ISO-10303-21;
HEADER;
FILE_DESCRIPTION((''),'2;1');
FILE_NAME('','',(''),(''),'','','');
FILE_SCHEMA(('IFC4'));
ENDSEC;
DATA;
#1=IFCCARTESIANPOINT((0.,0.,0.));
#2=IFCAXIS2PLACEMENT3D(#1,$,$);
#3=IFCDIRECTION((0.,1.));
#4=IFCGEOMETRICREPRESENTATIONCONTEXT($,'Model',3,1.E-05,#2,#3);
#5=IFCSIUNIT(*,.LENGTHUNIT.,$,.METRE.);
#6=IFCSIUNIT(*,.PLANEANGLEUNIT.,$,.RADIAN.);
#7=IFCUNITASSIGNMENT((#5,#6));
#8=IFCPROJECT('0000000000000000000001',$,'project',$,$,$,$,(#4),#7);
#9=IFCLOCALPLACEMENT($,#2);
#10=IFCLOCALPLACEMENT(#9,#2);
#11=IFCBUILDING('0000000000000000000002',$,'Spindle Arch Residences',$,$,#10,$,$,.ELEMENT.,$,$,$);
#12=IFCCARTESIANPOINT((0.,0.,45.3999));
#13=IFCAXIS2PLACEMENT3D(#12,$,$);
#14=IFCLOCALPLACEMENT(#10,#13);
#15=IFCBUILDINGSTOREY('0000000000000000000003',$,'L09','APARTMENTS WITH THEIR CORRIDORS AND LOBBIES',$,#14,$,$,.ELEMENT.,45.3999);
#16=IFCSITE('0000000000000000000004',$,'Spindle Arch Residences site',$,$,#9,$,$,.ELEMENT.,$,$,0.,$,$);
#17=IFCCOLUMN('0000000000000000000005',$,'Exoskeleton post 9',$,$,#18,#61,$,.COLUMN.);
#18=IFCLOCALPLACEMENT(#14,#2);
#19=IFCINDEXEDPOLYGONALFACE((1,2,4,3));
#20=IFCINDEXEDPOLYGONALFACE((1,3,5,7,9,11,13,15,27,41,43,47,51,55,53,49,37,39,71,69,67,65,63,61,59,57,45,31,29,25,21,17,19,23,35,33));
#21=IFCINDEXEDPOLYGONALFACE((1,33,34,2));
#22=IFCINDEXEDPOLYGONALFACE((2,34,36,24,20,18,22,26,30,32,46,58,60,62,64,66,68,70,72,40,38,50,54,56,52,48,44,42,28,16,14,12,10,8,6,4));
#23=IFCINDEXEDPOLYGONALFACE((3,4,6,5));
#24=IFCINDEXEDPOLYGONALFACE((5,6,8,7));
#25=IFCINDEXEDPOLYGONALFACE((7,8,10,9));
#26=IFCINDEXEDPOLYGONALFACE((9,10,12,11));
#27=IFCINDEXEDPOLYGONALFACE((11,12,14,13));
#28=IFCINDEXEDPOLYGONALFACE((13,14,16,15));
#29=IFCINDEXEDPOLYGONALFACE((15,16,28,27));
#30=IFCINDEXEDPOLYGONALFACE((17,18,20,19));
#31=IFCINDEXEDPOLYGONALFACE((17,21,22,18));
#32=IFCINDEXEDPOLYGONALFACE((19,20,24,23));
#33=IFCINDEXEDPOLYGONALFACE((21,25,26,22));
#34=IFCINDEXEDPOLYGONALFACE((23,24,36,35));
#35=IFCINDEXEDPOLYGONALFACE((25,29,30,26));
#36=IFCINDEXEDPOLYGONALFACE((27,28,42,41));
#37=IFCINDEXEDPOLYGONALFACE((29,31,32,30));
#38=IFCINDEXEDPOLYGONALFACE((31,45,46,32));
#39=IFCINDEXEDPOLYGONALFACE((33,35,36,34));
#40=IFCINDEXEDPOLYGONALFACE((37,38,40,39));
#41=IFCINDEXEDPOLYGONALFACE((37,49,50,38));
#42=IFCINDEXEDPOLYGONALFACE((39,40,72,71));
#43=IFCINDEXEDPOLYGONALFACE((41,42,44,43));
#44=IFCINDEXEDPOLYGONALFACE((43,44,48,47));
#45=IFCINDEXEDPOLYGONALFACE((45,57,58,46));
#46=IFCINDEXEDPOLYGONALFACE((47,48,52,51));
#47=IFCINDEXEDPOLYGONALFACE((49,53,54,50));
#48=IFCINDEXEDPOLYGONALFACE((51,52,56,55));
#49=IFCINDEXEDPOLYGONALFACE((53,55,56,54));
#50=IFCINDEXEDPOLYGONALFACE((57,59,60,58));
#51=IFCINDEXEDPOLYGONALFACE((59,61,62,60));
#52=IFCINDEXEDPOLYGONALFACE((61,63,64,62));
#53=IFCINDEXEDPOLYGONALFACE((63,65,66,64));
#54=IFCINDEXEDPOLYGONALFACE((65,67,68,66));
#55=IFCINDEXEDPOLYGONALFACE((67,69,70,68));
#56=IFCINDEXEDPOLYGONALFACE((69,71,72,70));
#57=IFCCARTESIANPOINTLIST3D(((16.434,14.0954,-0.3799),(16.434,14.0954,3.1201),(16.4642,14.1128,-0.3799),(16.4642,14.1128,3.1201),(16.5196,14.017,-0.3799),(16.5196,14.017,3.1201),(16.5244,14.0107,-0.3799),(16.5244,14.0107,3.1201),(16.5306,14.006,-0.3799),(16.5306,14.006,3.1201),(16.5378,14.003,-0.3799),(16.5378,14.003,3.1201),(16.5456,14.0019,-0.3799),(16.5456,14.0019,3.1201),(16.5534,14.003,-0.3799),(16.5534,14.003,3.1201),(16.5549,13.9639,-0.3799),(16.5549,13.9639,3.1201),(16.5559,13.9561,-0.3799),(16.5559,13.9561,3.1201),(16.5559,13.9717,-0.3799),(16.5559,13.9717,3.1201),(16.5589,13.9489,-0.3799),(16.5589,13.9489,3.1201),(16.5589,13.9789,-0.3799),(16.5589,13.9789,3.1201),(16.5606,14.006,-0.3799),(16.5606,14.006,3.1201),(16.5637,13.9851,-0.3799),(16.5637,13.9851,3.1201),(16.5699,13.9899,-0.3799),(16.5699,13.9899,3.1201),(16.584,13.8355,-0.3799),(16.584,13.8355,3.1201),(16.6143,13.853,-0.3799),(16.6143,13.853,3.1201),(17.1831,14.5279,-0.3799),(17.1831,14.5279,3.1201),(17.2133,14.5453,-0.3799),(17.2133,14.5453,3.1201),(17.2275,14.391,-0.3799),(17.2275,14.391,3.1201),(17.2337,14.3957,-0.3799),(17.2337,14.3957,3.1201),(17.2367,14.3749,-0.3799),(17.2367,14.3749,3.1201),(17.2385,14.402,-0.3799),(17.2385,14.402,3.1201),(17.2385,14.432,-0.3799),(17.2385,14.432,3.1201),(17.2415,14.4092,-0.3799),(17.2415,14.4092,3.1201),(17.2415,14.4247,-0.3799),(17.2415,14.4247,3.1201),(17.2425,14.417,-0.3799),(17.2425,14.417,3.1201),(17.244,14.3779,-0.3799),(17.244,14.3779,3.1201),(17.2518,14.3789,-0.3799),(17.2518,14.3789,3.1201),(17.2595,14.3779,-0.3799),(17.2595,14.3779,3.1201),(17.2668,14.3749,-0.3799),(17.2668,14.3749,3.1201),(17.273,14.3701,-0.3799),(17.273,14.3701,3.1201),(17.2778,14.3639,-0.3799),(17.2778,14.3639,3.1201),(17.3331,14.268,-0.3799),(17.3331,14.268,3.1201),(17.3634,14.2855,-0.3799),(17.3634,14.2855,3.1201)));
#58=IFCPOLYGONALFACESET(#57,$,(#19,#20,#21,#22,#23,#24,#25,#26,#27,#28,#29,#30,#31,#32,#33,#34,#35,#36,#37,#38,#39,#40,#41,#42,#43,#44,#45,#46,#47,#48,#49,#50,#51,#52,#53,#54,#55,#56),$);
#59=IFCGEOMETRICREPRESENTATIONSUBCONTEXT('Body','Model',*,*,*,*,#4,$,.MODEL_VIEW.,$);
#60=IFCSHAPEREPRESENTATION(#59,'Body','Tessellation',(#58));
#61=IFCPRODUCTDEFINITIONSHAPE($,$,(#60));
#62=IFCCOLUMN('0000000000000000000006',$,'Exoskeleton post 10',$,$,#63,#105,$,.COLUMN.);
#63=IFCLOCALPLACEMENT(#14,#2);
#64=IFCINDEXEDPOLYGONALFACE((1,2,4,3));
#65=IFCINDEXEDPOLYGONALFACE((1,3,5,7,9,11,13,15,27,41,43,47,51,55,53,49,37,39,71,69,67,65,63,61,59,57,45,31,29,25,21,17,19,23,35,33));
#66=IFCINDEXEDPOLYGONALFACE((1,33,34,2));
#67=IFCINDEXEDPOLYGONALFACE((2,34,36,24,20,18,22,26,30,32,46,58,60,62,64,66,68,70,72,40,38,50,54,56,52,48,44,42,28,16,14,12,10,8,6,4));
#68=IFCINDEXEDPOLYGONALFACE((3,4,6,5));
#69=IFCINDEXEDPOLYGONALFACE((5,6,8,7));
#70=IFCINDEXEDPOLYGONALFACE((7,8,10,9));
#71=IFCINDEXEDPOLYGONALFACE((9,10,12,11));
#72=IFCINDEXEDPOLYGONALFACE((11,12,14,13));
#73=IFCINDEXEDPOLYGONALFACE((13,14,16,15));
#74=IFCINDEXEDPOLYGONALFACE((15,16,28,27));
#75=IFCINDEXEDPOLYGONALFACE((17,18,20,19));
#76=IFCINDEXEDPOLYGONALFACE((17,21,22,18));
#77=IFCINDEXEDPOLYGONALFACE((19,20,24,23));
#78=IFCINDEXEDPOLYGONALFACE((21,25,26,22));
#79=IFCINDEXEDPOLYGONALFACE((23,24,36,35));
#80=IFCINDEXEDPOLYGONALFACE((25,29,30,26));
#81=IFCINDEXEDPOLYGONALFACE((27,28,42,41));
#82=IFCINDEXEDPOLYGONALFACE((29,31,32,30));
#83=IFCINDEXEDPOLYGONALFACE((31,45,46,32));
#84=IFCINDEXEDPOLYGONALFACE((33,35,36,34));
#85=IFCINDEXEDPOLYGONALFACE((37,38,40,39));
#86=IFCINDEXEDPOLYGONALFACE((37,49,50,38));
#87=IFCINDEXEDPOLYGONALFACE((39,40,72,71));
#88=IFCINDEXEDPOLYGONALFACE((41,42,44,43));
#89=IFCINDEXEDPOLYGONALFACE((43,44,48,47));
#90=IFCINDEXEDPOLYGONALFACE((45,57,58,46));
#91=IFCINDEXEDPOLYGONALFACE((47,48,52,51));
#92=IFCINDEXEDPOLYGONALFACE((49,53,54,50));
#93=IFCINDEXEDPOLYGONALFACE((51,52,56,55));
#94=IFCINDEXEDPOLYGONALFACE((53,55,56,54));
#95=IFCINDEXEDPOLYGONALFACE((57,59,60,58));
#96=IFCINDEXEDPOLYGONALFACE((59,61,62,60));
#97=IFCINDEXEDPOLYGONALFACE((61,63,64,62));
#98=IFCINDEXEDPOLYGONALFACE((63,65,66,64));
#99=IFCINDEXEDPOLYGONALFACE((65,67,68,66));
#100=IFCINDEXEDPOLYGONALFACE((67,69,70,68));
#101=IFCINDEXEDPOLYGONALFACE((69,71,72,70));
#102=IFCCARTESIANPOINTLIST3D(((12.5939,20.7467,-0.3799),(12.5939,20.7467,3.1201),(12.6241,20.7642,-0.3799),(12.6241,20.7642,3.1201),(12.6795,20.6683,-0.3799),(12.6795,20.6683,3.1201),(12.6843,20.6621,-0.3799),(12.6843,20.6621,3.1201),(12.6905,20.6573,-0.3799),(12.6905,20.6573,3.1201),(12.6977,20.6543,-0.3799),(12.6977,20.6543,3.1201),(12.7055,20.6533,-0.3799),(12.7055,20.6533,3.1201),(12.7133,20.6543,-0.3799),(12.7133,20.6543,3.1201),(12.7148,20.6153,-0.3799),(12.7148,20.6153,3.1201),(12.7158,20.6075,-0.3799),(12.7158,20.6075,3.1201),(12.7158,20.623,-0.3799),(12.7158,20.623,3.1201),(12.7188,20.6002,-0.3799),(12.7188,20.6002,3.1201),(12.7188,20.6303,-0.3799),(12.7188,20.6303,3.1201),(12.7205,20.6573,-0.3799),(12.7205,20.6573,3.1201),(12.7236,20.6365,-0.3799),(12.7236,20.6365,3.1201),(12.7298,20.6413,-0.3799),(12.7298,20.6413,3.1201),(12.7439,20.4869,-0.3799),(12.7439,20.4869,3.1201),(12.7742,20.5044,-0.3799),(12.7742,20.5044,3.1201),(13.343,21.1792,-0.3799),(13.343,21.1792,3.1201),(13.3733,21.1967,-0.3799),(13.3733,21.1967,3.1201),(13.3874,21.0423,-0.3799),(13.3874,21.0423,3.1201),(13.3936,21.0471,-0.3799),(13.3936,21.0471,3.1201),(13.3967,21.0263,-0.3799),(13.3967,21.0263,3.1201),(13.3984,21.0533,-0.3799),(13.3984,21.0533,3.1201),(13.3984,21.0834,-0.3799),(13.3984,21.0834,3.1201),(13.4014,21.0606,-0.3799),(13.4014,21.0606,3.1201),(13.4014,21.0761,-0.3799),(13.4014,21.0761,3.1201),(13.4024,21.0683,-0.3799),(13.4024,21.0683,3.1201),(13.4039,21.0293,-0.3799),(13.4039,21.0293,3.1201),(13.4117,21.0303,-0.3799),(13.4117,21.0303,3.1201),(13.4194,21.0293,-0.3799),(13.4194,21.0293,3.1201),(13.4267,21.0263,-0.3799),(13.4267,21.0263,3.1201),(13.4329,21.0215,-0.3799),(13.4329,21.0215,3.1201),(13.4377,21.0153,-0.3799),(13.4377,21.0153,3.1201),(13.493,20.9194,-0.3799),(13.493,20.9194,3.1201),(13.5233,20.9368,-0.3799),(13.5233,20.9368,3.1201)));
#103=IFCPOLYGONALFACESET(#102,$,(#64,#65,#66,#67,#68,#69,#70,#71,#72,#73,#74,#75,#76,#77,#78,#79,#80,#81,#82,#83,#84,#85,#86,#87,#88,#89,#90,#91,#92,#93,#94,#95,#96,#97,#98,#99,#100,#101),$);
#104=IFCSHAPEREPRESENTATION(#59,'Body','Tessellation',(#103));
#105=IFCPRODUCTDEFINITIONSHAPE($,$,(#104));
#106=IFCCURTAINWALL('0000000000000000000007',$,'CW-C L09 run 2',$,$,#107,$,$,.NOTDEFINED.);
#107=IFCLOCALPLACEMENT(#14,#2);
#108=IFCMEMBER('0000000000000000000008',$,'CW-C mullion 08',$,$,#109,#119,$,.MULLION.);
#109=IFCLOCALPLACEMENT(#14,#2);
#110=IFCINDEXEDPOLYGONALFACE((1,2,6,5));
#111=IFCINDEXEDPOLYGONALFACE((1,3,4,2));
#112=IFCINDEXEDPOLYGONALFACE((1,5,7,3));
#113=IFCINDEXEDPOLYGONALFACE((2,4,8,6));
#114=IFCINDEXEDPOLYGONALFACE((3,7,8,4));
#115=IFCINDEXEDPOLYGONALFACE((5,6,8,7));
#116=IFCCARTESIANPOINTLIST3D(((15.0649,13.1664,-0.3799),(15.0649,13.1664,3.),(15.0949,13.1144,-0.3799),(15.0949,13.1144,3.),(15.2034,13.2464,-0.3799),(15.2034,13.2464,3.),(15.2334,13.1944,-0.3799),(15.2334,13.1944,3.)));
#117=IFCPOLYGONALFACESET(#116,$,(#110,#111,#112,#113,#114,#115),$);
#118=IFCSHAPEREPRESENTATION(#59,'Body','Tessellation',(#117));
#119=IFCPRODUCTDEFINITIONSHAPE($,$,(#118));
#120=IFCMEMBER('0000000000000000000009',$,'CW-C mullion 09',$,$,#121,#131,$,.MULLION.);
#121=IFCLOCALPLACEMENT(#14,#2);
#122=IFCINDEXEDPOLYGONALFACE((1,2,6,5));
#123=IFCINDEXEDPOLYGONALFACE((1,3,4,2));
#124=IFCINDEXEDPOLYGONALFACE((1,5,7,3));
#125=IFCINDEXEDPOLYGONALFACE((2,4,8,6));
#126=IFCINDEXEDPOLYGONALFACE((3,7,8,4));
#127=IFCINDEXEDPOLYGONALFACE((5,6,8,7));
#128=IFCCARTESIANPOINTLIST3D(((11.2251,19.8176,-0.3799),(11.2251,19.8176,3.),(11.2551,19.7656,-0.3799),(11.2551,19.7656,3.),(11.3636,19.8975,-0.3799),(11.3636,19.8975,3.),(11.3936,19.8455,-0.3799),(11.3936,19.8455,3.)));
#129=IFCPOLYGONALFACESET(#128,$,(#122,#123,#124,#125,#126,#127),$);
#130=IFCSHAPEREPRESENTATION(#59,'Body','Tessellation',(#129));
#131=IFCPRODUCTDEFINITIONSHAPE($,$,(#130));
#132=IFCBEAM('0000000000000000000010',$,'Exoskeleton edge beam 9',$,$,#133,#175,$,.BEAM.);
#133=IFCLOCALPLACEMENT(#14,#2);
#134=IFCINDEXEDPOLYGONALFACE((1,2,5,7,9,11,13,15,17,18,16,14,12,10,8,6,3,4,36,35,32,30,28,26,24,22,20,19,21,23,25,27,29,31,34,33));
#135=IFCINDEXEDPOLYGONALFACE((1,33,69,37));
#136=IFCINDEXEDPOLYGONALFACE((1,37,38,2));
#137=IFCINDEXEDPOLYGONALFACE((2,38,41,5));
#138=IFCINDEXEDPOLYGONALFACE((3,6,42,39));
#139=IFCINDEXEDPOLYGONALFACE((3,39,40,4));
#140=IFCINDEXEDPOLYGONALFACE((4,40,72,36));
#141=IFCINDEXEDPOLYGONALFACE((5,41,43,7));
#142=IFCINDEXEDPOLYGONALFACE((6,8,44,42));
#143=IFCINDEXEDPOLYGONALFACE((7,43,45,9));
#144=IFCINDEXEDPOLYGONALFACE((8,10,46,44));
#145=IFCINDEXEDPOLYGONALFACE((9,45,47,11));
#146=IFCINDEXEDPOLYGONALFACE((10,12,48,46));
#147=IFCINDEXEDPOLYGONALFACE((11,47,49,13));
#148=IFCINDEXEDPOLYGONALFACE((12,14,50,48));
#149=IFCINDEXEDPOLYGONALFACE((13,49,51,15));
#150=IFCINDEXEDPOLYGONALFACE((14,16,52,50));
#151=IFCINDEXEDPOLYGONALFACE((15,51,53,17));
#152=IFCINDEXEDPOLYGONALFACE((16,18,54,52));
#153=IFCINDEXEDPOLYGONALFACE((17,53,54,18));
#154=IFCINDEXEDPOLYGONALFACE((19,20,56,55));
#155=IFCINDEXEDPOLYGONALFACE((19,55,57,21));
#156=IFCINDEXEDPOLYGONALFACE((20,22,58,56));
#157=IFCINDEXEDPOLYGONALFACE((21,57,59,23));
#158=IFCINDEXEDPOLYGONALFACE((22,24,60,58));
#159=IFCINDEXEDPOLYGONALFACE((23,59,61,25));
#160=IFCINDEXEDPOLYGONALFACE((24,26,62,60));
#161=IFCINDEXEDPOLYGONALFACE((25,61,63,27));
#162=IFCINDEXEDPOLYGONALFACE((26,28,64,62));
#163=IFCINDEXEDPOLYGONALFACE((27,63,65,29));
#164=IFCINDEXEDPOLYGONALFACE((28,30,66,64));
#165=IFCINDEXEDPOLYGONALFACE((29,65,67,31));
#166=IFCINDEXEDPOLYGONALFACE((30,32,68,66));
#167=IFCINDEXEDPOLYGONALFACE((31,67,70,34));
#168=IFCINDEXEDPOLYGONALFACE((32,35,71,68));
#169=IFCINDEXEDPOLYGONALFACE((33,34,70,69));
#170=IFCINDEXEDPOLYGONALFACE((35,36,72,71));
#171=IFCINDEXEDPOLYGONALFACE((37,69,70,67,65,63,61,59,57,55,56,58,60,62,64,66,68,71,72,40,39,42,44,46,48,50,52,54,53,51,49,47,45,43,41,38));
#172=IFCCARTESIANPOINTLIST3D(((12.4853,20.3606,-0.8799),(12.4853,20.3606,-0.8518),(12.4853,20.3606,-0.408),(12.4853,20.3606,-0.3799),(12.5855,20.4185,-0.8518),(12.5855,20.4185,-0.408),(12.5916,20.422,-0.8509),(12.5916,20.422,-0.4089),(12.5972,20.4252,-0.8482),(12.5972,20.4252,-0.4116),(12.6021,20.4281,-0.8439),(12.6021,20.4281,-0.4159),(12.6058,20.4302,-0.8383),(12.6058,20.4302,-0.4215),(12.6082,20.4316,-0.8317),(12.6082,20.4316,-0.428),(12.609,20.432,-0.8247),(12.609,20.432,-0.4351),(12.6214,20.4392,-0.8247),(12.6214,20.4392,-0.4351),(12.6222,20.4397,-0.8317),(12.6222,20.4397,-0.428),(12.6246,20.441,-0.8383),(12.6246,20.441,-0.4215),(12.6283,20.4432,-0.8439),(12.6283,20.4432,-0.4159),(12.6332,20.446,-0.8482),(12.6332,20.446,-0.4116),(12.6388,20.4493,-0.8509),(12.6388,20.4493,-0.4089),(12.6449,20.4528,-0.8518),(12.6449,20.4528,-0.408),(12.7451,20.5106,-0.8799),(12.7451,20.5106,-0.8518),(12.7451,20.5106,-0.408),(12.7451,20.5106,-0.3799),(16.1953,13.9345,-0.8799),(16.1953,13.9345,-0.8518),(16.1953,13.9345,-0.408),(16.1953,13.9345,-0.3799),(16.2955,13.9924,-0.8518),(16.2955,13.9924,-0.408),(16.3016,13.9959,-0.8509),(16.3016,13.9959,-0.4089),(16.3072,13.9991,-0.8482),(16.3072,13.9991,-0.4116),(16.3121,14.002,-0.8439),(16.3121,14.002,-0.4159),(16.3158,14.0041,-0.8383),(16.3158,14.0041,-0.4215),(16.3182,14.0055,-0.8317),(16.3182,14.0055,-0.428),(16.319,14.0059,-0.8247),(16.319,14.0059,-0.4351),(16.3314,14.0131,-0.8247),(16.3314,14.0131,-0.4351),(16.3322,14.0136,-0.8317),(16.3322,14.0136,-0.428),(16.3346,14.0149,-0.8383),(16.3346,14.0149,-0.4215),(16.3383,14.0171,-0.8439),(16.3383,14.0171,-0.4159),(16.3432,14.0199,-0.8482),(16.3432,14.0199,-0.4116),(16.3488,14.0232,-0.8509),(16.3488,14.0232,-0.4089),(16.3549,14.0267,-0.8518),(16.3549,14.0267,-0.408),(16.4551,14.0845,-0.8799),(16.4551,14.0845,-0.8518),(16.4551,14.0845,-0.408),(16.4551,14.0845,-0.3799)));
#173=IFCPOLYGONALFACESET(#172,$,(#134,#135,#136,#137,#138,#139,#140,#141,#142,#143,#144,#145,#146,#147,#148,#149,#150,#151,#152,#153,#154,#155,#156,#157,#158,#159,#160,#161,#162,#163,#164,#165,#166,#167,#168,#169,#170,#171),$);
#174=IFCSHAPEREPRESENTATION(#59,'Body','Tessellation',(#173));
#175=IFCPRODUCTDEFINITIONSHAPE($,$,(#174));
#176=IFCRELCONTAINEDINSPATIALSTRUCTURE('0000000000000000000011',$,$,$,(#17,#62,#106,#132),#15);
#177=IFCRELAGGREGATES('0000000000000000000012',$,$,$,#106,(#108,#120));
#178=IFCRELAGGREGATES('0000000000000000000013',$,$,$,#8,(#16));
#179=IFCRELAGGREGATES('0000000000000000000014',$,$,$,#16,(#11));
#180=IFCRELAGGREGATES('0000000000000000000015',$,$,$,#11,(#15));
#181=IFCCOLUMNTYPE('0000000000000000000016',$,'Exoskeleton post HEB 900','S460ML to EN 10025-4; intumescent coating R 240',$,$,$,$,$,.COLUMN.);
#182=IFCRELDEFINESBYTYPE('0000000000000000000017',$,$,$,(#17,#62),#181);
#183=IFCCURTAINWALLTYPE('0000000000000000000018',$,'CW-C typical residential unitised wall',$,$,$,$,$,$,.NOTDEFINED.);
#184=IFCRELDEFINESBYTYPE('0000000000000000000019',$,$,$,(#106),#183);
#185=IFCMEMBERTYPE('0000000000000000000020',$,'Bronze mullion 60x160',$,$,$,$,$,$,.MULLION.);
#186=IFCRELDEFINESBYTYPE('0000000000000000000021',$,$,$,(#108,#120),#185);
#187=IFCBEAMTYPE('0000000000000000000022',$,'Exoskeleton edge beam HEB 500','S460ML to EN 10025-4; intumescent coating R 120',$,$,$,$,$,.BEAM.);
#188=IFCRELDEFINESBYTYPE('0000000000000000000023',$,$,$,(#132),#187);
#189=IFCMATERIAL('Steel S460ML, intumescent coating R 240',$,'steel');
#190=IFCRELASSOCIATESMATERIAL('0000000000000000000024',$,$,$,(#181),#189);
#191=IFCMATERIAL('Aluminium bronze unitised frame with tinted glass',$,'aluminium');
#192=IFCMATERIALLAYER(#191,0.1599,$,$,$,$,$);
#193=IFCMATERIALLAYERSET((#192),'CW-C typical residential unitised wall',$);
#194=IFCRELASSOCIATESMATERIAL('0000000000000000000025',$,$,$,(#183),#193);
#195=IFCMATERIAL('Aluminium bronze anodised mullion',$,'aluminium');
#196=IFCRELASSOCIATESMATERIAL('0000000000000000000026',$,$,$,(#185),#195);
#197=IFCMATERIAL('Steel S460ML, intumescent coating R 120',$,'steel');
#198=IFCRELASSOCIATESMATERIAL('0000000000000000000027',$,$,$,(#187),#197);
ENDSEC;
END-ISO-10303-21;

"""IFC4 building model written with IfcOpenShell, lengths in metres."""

from ifc_helpers import new_model, si_unit, direction, frame, origin, origin_2d, place, context, subcontext, project, spatial, rectangle, i_section, extrude, material, layer, layer_set, material_profile, profile_set, type_object, element, aggregate, save


model = new_model("IFC4")

# Units and contexts
model_context = context("Model", 3, precision=1e-05, world=origin(), true_north=direction((0.0, 1.0)))
body_context = subcontext(model_context, "Body", "Model", "MODEL_VIEW")
ifc_project = project(units=[si_unit("LENGTHUNIT", "METRE"), si_unit("PLANEANGLEUNIT", "RADIAN")], contexts=[model_context])

# Site, building, storey
site_placement = place(None, origin())
site = spatial("IfcSite", under=ifc_project, at=site_placement, Name="Spindle Arch Residences site", CompositionType="ELEMENT", RefElevation=0.0)
building_placement = place(site_placement, origin())
building = spatial("IfcBuilding", under=site, at=building_placement, Name="Spindle Arch Residences", CompositionType="ELEMENT")
storey_placement = place(building_placement, frame((0.0, 0.0, 45.3999)))
storey = spatial("IfcBuildingStorey", under=building, at=storey_placement, Name="L09", Description="APARTMENTS WITH THEIR CORRIDORS AND LOBBIES", CompositionType="ELEMENT", Elevation=45.3999)

# Columns
ifc_material_1 = material(Name="Steel S460ML, intumescent coating R 240", Category="steel")
ifc_material_profile_1 = material_profile(ifc_material_1, i_section(OverallWidth=0.3, OverallDepth=0.8999, WebThickness=0.0186, FlangeThickness=0.0349, FilletRadius=0.03, at=origin_2d()), Name="HEB 900")
ifc_profile_set_1 = profile_set([ifc_material_profile_1], Name="Steel S460ML, intumescent coating R 240")
column_type = type_object("IfcColumnType", Name="Exoskeleton post HEB 900", Description="S460ML to EN 10025-4; intumescent coating R 240", PredefinedType="COLUMN", material=ifc_profile_set_1)
for number, where, z_axis, x_axis, name in (
    (1, (16.8987, 14.1904, -0.3799), (0.0, 0.0, 1.0), (0.5, -0.866025, 0.0), "Exoskeleton post 9"),
    (2, (13.0586, 20.8418, -0.3799), (0.0, 0.0, 1.0), (0.5, -0.866025, 0.0), "Exoskeleton post 10"),
):
    element("IfcColumn", number, at=place(storey_placement, frame(where, z_axis=z_axis, x_axis=x_axis)), inside=storey, type_object=column_type, Name=name, PredefinedType="COLUMN", context=body_context, shape_type="SweptSolid", body=[
        extrude(i_section(OverallWidth=0.3, OverallDepth=0.8999, WebThickness=0.0186, FlangeThickness=0.0349, FilletRadius=0.03, at=origin_2d()), origin(), (0.0, 0.0, 1.0), 3.5),
    ])

# Curtain wall, members
ifc_material_2 = material(Name="Aluminium bronze unitised frame with tinted glass", Category="aluminium")
ifc_layer_1 = layer(ifc_material_2, 0.1599)
ifc_layer_set_1 = layer_set([ifc_layer_1], Name="CW-C typical residential unitised wall")
curtain_wall_type = type_object("IfcCurtainWallType", Name="CW-C typical residential unitised wall", PredefinedType="NOTDEFINED", material=ifc_layer_set_1)
curtain_wall_placement = place(storey_placement, origin())
curtain_wall = element("IfcCurtainWall", 3, at=curtain_wall_placement, inside=storey, type_object=curtain_wall_type, Name="CW-C L09 run 2", PredefinedType="NOTDEFINED")
ifc_material_3 = material(Name="Aluminium bronze anodised mullion", Category="aluminium")
ifc_material_profile_2 = material_profile(ifc_material_3, rectangle(XDim=0.1599, YDim=0.0601, at=origin_2d()), Name="MU 60x160")
ifc_profile_set_2 = profile_set([ifc_material_profile_2], Name="Aluminium bronze anodised mullion")
member_type = type_object("IfcMemberType", Name="Bronze mullion 60x160", PredefinedType="MULLION", material=ifc_profile_set_2)
member_1_placement = place(storey_placement, frame((15.1492, 13.1804, -0.3799), z_axis=(0.0, 0.0, 1.0), x_axis=(-0.866025, -0.5, 0.0)))
member_1 = element("IfcMember", 4, at=member_1_placement, type_object=member_type, Name="CW-C mullion 08", PredefinedType="MULLION", context=body_context, shape_type="SweptSolid", body=[
    extrude(rectangle(XDim=0.1599, YDim=0.0601, at=origin_2d()), origin(), (0.0, 0.0, 1.0), 3.3799),
])
member_2_placement = place(storey_placement, frame((11.3093, 19.8315, -0.3799), z_axis=(0.0, 0.0, 1.0), x_axis=(-0.866025, -0.5, 0.0)))
member_2 = element("IfcMember", 5, at=member_2_placement, type_object=member_type, Name="CW-C mullion 09", PredefinedType="MULLION", context=body_context, shape_type="SweptSolid", body=[
    extrude(rectangle(XDim=0.1599, YDim=0.0601, at=origin_2d()), origin(), (0.0, 0.0, 1.0), 3.3799),
])

# Beam
ifc_material_4 = material(Name="Steel S460ML, intumescent coating R 120", Category="steel")
ifc_material_profile_3 = material_profile(ifc_material_4, i_section(OverallWidth=0.3, OverallDepth=0.5, WebThickness=0.0144, FlangeThickness=0.0281, FilletRadius=0.0271, at=origin_2d()), Name="HEB 500")
ifc_profile_set_3 = profile_set([ifc_material_profile_3], Name="Steel S460ML, intumescent coating R 120")
beam_type_1 = type_object("IfcBeamType", Name="Exoskeleton edge beam HEB 500", Description="S460ML to EN 10025-4; intumescent coating R 120", PredefinedType="BEAM", material=ifc_profile_set_3)
beam_1_placement = place(storey_placement, frame((16.3252, 14.0095, -0.6299), z_axis=(-0.499989, 0.866032, 0.0), x_axis=(-0.866032, -0.499989, 0.0)))
element("IfcBeam", 6, at=beam_1_placement, inside=storey, type_object=beam_type_1, Name="Exoskeleton edge beam 9", PredefinedType="BEAM", context=body_context, shape_type="SweptSolid", body=[
    extrude(i_section(OverallWidth=0.3, OverallDepth=0.5, WebThickness=0.0144, FlangeThickness=0.0281, FilletRadius=0.0271, at=origin_2d()), origin(), (0.0, 0.0, 1.0), 7.4202),
])

aggregate(curtain_wall, [member_1, member_2])

save(model, "model.ifc")
